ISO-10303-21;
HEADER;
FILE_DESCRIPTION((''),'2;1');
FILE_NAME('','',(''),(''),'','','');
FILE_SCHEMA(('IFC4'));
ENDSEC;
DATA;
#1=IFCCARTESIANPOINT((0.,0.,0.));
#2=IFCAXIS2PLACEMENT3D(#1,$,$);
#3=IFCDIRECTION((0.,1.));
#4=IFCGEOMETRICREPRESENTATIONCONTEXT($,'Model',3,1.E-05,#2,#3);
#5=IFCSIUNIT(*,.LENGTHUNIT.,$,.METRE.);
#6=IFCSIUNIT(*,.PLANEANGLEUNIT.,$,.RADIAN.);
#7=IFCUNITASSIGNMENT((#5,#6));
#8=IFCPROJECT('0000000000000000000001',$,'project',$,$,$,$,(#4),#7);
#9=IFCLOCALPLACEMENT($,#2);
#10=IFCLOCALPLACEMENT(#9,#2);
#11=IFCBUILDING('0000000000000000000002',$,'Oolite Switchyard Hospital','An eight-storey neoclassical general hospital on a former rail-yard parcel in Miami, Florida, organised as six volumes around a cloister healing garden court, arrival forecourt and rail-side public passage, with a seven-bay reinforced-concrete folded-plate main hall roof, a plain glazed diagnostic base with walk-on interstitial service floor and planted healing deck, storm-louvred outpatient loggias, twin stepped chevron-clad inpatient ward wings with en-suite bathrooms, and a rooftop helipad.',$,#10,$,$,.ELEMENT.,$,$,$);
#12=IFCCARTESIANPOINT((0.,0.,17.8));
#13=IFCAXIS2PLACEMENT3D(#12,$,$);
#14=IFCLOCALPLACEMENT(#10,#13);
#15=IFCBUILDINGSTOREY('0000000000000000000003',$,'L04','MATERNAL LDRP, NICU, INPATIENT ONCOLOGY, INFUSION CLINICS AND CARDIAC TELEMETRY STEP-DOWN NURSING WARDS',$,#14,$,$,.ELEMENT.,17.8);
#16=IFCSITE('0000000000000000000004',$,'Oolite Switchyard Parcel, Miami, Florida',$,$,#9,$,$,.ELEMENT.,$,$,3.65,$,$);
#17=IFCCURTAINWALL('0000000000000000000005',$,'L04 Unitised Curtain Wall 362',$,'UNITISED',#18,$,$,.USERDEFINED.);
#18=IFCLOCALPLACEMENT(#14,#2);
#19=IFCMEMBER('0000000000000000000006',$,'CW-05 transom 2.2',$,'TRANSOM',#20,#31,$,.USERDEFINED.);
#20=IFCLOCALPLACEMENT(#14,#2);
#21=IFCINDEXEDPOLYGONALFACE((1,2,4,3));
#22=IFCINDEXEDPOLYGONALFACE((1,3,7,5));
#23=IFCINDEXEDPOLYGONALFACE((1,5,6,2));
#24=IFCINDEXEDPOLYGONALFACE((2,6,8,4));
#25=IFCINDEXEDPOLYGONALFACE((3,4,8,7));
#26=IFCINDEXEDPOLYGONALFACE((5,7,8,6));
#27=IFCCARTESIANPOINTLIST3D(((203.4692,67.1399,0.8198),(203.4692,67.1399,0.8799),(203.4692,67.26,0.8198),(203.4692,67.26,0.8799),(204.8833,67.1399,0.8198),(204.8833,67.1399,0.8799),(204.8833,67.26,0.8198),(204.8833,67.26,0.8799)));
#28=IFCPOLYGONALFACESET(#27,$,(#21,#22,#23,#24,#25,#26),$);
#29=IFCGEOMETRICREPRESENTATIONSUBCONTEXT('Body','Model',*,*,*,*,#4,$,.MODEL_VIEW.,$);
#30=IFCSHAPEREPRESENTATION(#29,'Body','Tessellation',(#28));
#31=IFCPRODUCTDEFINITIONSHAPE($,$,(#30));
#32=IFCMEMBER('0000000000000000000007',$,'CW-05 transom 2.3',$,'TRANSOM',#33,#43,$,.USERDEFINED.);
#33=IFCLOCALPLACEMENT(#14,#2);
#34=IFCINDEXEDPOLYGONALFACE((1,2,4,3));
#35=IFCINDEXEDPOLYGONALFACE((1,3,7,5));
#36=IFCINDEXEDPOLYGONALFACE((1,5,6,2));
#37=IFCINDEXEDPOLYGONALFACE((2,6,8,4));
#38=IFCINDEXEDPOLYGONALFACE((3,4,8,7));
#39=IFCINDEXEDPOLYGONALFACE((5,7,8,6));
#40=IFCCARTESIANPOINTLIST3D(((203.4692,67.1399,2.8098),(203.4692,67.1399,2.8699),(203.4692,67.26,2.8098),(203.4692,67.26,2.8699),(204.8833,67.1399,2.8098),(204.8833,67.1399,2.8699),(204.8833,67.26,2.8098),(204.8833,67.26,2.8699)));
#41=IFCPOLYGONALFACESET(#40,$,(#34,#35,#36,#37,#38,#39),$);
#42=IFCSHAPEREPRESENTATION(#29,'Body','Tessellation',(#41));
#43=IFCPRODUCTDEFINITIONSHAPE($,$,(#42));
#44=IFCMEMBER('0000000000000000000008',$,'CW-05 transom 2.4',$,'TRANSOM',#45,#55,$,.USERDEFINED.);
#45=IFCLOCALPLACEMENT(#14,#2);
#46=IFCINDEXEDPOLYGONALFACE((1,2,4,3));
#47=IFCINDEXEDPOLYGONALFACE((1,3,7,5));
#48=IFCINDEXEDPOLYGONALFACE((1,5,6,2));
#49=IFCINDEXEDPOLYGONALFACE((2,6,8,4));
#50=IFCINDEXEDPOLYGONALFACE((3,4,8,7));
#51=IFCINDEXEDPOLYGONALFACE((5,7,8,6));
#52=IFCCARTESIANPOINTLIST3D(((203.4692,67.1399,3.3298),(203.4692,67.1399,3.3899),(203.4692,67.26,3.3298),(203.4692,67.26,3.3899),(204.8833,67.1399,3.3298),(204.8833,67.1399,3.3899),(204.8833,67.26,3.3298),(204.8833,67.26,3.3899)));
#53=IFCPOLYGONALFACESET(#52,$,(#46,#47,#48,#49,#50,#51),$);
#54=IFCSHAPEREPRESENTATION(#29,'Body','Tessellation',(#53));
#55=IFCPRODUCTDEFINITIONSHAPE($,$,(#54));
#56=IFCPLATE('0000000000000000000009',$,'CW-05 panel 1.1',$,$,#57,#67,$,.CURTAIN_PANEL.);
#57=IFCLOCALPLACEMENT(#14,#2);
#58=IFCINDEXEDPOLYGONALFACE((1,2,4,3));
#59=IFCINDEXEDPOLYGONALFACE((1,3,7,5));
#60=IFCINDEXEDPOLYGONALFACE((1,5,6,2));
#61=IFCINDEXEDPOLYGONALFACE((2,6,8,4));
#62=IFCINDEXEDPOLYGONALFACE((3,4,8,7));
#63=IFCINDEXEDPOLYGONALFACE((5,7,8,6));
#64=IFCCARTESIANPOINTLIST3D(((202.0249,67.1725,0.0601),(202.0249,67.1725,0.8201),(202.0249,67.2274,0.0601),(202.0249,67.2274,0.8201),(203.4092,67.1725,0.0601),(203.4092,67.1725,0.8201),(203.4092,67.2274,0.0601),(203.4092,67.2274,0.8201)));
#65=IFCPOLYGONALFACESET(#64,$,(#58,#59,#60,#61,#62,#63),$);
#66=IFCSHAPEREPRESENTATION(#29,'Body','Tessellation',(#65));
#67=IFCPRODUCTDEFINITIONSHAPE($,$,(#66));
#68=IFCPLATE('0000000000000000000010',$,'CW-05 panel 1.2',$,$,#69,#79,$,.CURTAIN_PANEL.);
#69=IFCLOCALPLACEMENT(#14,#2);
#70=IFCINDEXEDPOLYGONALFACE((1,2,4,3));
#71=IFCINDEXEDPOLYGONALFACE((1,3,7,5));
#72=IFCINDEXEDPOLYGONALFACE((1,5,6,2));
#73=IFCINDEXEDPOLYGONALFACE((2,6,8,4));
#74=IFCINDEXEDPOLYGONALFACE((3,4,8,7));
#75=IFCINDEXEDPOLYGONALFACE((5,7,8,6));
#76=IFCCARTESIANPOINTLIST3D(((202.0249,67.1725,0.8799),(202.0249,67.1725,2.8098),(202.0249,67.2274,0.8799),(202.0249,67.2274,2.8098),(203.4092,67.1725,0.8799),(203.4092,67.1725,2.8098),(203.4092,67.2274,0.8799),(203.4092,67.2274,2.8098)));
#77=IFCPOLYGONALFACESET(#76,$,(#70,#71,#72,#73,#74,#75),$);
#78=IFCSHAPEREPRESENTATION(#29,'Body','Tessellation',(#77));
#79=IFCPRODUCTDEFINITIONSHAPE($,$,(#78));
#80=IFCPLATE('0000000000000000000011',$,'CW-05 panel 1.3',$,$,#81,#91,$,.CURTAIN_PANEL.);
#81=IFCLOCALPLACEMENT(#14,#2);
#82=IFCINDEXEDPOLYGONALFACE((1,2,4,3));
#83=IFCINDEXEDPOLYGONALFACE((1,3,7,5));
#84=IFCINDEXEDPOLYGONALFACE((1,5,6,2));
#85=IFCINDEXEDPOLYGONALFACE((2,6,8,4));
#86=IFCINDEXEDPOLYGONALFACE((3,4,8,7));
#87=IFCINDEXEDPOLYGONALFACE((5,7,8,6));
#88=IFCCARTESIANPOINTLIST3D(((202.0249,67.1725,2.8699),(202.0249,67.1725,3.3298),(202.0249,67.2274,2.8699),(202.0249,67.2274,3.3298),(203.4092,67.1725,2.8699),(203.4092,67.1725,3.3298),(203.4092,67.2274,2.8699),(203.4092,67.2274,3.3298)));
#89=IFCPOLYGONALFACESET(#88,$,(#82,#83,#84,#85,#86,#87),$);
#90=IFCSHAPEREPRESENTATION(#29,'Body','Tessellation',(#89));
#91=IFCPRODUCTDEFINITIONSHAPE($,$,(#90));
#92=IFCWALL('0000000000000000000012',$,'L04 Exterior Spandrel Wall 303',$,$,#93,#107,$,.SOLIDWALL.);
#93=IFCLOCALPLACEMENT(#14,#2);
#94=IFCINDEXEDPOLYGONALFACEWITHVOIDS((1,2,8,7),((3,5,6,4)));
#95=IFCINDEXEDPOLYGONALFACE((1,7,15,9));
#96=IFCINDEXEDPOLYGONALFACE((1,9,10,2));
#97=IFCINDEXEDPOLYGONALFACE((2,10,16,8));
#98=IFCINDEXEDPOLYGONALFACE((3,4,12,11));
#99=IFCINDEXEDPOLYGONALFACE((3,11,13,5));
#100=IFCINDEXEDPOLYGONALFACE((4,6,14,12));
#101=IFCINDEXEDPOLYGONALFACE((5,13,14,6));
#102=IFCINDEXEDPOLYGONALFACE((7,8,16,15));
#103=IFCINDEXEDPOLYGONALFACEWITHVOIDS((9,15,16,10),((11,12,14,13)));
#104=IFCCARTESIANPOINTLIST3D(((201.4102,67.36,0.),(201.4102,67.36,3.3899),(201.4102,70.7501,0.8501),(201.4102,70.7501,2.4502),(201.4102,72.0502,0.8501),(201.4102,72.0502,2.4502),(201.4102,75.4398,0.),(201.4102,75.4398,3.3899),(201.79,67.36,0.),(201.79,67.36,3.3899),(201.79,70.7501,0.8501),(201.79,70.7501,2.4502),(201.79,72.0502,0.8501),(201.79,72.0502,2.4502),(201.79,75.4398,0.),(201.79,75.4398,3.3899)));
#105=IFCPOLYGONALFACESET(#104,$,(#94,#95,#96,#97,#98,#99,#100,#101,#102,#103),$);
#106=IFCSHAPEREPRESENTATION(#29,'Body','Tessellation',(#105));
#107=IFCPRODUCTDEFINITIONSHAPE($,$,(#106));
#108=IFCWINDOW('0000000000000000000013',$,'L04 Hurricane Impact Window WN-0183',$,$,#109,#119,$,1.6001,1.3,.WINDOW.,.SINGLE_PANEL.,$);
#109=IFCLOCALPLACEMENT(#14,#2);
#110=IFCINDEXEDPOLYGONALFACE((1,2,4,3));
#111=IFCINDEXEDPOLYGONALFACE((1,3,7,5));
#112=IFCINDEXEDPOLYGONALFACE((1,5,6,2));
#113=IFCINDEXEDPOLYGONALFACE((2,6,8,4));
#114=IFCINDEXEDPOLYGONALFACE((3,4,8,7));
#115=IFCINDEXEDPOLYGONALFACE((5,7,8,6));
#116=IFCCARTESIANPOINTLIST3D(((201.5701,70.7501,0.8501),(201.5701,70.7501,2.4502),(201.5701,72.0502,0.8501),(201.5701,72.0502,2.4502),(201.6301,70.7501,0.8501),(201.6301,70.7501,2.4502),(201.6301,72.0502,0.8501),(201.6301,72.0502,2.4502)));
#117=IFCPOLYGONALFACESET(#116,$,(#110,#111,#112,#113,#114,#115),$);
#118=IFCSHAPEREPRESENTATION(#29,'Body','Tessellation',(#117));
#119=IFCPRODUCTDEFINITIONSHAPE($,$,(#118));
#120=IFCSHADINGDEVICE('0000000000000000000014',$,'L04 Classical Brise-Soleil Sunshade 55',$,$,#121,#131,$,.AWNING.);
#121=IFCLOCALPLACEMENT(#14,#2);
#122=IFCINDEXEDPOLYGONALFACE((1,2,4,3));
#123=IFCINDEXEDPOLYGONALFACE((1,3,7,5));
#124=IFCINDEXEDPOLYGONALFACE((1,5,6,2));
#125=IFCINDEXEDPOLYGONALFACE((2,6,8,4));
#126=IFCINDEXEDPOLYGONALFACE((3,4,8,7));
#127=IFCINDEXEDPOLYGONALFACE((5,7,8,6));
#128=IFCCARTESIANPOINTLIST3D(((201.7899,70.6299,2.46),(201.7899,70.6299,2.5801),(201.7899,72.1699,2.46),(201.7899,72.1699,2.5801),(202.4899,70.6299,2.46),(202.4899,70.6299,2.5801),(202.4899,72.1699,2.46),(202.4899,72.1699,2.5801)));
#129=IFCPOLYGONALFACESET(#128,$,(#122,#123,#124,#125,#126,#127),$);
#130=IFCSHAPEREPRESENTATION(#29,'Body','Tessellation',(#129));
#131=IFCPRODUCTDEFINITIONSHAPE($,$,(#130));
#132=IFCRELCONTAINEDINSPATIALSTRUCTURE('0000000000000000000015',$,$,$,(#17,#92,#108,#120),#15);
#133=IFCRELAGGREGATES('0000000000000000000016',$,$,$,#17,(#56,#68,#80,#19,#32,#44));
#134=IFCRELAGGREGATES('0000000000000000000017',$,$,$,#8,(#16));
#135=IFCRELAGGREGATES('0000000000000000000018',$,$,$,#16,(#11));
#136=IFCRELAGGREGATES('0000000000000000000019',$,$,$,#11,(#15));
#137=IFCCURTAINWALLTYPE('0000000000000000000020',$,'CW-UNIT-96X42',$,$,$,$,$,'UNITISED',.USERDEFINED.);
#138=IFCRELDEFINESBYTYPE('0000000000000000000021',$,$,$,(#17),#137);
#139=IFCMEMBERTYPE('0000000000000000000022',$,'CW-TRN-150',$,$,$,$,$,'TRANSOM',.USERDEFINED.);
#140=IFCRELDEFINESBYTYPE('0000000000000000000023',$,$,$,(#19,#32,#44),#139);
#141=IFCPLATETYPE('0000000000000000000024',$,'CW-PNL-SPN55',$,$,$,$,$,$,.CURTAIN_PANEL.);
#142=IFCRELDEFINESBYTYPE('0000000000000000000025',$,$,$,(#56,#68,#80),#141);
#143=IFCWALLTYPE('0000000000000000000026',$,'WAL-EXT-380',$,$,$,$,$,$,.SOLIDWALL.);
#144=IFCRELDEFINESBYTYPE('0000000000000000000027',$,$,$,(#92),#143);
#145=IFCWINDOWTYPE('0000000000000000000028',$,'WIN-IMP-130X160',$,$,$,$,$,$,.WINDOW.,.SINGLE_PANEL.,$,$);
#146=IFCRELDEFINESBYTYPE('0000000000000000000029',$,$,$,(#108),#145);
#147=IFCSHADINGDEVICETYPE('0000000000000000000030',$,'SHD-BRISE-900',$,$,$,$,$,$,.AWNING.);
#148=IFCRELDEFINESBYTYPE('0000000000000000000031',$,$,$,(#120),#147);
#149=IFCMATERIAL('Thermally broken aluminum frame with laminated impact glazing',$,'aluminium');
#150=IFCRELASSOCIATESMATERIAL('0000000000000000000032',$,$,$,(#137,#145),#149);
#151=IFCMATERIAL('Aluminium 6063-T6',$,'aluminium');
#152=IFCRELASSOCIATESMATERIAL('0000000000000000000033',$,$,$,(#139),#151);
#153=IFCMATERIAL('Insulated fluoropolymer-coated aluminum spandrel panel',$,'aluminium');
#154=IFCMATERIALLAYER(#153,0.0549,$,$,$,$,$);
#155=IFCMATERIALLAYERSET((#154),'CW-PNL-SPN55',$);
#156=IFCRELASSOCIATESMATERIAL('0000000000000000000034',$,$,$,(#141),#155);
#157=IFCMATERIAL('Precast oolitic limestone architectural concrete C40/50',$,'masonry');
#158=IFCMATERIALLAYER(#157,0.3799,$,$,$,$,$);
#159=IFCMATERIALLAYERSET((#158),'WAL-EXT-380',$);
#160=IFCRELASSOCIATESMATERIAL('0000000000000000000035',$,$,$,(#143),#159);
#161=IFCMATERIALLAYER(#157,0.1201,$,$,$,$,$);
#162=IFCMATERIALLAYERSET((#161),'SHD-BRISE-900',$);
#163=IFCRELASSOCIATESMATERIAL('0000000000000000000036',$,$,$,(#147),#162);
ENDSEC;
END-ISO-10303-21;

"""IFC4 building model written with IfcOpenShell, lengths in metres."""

from ifc_helpers import new_model, si_unit, direction, frame, frame_2d, origin, origin_2d, place, context, subcontext, project, spatial, rectangle, extrude, material, layer, layer_set, material_profile, profile_set, type_object, element, fill, aggregate, save


model = new_model("IFC4")

# Units and contexts
model_context = context("Model", 3, precision=1e-05, world=origin(), true_north=direction((0.0, 1.0)))
body_context = subcontext(model_context, "Body", "Model", "MODEL_VIEW")
ifc_project = project(units=[si_unit("LENGTHUNIT", "METRE"), si_unit("PLANEANGLEUNIT", "RADIAN")], contexts=[model_context])

# Site, building, storey
site_placement = place(None, origin())
site = spatial("IfcSite", under=ifc_project, at=site_placement, Name="Oolite Switchyard Parcel, Miami, Florida", CompositionType="ELEMENT", RefElevation=3.65)
building_placement = place(site_placement, origin())
building = spatial("IfcBuilding", under=site, at=building_placement, Name="Oolite Switchyard Hospital", Description="An eight-storey neoclassical general hospital on a former rail-yard parcel in Miami, Florida, organised as six volumes around a cloister healing garden court, arrival forecourt and rail-side public passage, with a seven-bay reinforced-concrete folded-plate main hall roof, a plain glazed diagnostic base with walk-on interstitial service floor and planted healing deck, storm-louvred outpatient loggias, twin stepped chevron-clad inpatient ward wings with en-suite bathrooms, and a rooftop helipad.", CompositionType="ELEMENT")
storey_placement = place(building_placement, frame((0.0, 0.0, 17.8)))
storey = spatial("IfcBuildingStorey", under=building, at=storey_placement, Name="L04", Description="MATERNAL LDRP, NICU, INPATIENT ONCOLOGY, INFUSION CLINICS AND CARDIAC TELEMETRY STEP-DOWN NURSING WARDS", CompositionType="ELEMENT", Elevation=17.8)

# Curtain wall, members, plates
ifc_material_1 = material(Name="Thermally broken aluminum frame with laminated impact glazing", Category="aluminium")
curtain_wall_type = type_object("IfcCurtainWallType", Name="CW-UNIT-96X42", ElementType="UNITISED", PredefinedType="USERDEFINED", material=ifc_material_1)
curtain_wall_placement = place(storey_placement, origin())
curtain_wall = element("IfcCurtainWall", 1, at=curtain_wall_placement, inside=storey, type_object=curtain_wall_type, Name="L04 Unitised Curtain Wall 362", ObjectType="UNITISED", PredefinedType="USERDEFINED")
ifc_material_2 = material(Name="Aluminium 6063-T6", Category="aluminium")
ifc_material_profile_1 = material_profile(ifc_material_2, rectangle(XDim=0.1201, YDim=0.0601, at=origin_2d()), Name="CWT60X120")
ifc_profile_set_1 = profile_set([ifc_material_profile_1], Name="Aluminium 6063-T6")
member_type_1 = type_object("IfcMemberType", Name="CW-TRN-150", ElementType="TRANSOM", PredefinedType="USERDEFINED", material=ifc_profile_set_1)
member_1_placement = place(storey_placement, frame((203.4692, 67.2, 0.8499), z_axis=(1.0, 0.0, 0.0), x_axis=(0.0, 1.0, 0.0)))
member_1 = element("IfcMember", 2, at=member_1_placement, type_object=member_type_1, Name="CW-05 transom 2.2", ObjectType="TRANSOM", PredefinedType="USERDEFINED", context=body_context, shape_type="SweptSolid", body=[
    extrude(rectangle(XDim=0.1201, YDim=0.0601, at=origin_2d()), origin(), (0.0, 0.0, 1.0), 1.4141),
])
member_2_placement = place(storey_placement, frame((203.4692, 67.2, 2.8398), z_axis=(1.0, 0.0, 0.0), x_axis=(0.0, 1.0, 0.0)))
member_2 = element("IfcMember", 3, at=member_2_placement, type_object=member_type_1, Name="CW-05 transom 2.3", ObjectType="TRANSOM", PredefinedType="USERDEFINED", context=body_context, shape_type="SweptSolid", body=[
    extrude(rectangle(XDim=0.1201, YDim=0.0601, at=origin_2d()), origin(), (0.0, 0.0, 1.0), 1.4141),
])
member_3_placement = place(storey_placement, frame((203.4692, 67.2, 3.3599), z_axis=(1.0, 0.0, 0.0), x_axis=(0.0, 1.0, 0.0)))
member_3 = element("IfcMember", 4, at=member_3_placement, type_object=member_type_1, Name="CW-05 transom 2.4", ObjectType="TRANSOM", PredefinedType="USERDEFINED", context=body_context, shape_type="SweptSolid", body=[
    extrude(rectangle(XDim=0.1201, YDim=0.0601, at=origin_2d()), origin(), (0.0, 0.0, 1.0), 1.4141),
])
ifc_material_3 = material(Name="Insulated fluoropolymer-coated aluminum spandrel panel", Category="aluminium")
ifc_layer_1 = layer(ifc_material_3, 0.0549)
ifc_layer_set_1 = layer_set([ifc_layer_1], Name="CW-PNL-SPN55")
plate_type = type_object("IfcPlateType", Name="CW-PNL-SPN55", PredefinedType="CURTAIN_PANEL", material=ifc_layer_set_1)
plate_1_placement = place(storey_placement, frame((202.717, 67.2, 0.0601), z_axis=(0.0, 0.0, 1.0), x_axis=(1.0, 0.0, 0.0)))
plate_1 = element("IfcPlate", 5, at=plate_1_placement, type_object=plate_type, Name="CW-05 panel 1.1", PredefinedType="CURTAIN_PANEL", context=body_context, shape_type="SweptSolid", body=[
    extrude(rectangle(XDim=1.3843, YDim=0.0549, at=origin_2d()), origin(), (0.0, 0.0, 1.0), 0.76),
])
plate_2_placement = place(storey_placement, frame((202.717, 67.2, 0.8799), z_axis=(0.0, 0.0, 1.0), x_axis=(1.0, 0.0, 0.0)))
plate_2 = element("IfcPlate", 6, at=plate_2_placement, type_object=plate_type, Name="CW-05 panel 1.2", PredefinedType="CURTAIN_PANEL", context=body_context, shape_type="SweptSolid", body=[
    extrude(rectangle(XDim=1.3843, YDim=0.0549, at=origin_2d()), origin(), (0.0, 0.0, 1.0), 1.9299),
])
plate_3_placement = place(storey_placement, frame((202.717, 67.2, 2.8699), z_axis=(0.0, 0.0, 1.0), x_axis=(1.0, 0.0, 0.0)))
plate_3 = element("IfcPlate", 7, at=plate_3_placement, type_object=plate_type, Name="CW-05 panel 1.3", PredefinedType="CURTAIN_PANEL", context=body_context, shape_type="SweptSolid", body=[
    extrude(rectangle(XDim=1.3843, YDim=0.0549, at=origin_2d()), origin(), (0.0, 0.0, 1.0), 0.46),
])
aggregate(curtain_wall, [plate_1, plate_2, plate_3, member_1, member_2, member_3])

# Wall, opening, window
ifc_material_4 = material(Name="Precast oolitic limestone architectural concrete C40/50", Category="masonry")
ifc_layer_2 = layer(ifc_material_4, 0.3799)
ifc_layer_set_2 = layer_set([ifc_layer_2], Name="WAL-EXT-380")
wall_type = type_object("IfcWallType", Name="WAL-EXT-380", PredefinedType="SOLIDWALL", material=ifc_layer_set_2)
wall_placement = place(storey_placement, frame((201.6001, 75.4399, 0.0), z_axis=(0.0, 0.0, 1.0), x_axis=(0.0, -1.0, 0.0)))
wall = element("IfcWall", 8, at=wall_placement, inside=storey, type_object=wall_type, Name="L04 Exterior Spandrel Wall 303", PredefinedType="SOLIDWALL", context=body_context, shape_type="SweptSolid", body=[
    extrude(rectangle(XDim=8.0798, YDim=0.3799, at=frame_2d((4.04, 0.0))), origin(), (0.0, 0.0, 1.0), 3.3899),
])
opening_placement = place(wall_placement, frame((3.3899, 0.0, 0.8501)))
opening = element("IfcOpeningElement", 9, at=opening_placement, cuts=wall, PredefinedType="OPENING", context=body_context, shape_type="SweptSolid", body=[
    extrude(rectangle(XDim=1.3, YDim=1.6001, at=frame_2d((0.6499, 0.8))), frame((0.0, 0.2, 0.0), z_axis=(0.0, -1.0, 0.0), x_axis=(1.0, 0.0, 0.0)), (0.0, 0.0, 1.0), 0.3999),
])
window_type = type_object("IfcWindowType", Name="WIN-IMP-130X160", PartitioningType="SINGLE_PANEL", PredefinedType="WINDOW", material=ifc_material_1)
window_placement = place(opening_placement, origin())
window = element("IfcWindow", 10, at=window_placement, inside=storey, type_object=window_type, Name="L04 Hurricane Impact Window WN-0183", OverallHeight=1.6001, OverallWidth=1.3, PartitioningType="SINGLE_PANEL", PredefinedType="WINDOW", context=body_context, shape_type="SweptSolid", body=[
    extrude(rectangle(XDim=1.3, YDim=1.6001, at=frame_2d((0.6499, 0.8))), frame((0.0, 0.03, 0.0), z_axis=(0.0, -1.0, 0.0), x_axis=(1.0, 0.0, 0.0)), (0.0, 0.0, 1.0), 0.0601),
])
fill(opening, window)

# Shading device
ifc_layer_3 = layer(ifc_material_4, 0.1201)
ifc_layer_set_3 = layer_set([ifc_layer_3], Name="SHD-BRISE-900")
shading_device_type = type_object("IfcShadingDeviceType", Name="SHD-BRISE-900", PredefinedType="AWNING", material=ifc_layer_set_3)
shading_device_placement = place(storey_placement, frame((202.1399, 71.3999, 2.46), z_axis=(0.0, 0.0, 1.0), x_axis=(0.0, 1.0, 0.0)))
element("IfcShadingDevice", 11, at=shading_device_placement, inside=storey, type_object=shading_device_type, Name="L04 Classical Brise-Soleil Sunshade 55", PredefinedType="AWNING", context=body_context, shape_type="SweptSolid", body=[
    extrude(rectangle(XDim=1.54, YDim=0.7, at=origin_2d()), origin(), (0.0, 0.0, 1.0), 0.1201),
])

save(model, "model.ifc")
